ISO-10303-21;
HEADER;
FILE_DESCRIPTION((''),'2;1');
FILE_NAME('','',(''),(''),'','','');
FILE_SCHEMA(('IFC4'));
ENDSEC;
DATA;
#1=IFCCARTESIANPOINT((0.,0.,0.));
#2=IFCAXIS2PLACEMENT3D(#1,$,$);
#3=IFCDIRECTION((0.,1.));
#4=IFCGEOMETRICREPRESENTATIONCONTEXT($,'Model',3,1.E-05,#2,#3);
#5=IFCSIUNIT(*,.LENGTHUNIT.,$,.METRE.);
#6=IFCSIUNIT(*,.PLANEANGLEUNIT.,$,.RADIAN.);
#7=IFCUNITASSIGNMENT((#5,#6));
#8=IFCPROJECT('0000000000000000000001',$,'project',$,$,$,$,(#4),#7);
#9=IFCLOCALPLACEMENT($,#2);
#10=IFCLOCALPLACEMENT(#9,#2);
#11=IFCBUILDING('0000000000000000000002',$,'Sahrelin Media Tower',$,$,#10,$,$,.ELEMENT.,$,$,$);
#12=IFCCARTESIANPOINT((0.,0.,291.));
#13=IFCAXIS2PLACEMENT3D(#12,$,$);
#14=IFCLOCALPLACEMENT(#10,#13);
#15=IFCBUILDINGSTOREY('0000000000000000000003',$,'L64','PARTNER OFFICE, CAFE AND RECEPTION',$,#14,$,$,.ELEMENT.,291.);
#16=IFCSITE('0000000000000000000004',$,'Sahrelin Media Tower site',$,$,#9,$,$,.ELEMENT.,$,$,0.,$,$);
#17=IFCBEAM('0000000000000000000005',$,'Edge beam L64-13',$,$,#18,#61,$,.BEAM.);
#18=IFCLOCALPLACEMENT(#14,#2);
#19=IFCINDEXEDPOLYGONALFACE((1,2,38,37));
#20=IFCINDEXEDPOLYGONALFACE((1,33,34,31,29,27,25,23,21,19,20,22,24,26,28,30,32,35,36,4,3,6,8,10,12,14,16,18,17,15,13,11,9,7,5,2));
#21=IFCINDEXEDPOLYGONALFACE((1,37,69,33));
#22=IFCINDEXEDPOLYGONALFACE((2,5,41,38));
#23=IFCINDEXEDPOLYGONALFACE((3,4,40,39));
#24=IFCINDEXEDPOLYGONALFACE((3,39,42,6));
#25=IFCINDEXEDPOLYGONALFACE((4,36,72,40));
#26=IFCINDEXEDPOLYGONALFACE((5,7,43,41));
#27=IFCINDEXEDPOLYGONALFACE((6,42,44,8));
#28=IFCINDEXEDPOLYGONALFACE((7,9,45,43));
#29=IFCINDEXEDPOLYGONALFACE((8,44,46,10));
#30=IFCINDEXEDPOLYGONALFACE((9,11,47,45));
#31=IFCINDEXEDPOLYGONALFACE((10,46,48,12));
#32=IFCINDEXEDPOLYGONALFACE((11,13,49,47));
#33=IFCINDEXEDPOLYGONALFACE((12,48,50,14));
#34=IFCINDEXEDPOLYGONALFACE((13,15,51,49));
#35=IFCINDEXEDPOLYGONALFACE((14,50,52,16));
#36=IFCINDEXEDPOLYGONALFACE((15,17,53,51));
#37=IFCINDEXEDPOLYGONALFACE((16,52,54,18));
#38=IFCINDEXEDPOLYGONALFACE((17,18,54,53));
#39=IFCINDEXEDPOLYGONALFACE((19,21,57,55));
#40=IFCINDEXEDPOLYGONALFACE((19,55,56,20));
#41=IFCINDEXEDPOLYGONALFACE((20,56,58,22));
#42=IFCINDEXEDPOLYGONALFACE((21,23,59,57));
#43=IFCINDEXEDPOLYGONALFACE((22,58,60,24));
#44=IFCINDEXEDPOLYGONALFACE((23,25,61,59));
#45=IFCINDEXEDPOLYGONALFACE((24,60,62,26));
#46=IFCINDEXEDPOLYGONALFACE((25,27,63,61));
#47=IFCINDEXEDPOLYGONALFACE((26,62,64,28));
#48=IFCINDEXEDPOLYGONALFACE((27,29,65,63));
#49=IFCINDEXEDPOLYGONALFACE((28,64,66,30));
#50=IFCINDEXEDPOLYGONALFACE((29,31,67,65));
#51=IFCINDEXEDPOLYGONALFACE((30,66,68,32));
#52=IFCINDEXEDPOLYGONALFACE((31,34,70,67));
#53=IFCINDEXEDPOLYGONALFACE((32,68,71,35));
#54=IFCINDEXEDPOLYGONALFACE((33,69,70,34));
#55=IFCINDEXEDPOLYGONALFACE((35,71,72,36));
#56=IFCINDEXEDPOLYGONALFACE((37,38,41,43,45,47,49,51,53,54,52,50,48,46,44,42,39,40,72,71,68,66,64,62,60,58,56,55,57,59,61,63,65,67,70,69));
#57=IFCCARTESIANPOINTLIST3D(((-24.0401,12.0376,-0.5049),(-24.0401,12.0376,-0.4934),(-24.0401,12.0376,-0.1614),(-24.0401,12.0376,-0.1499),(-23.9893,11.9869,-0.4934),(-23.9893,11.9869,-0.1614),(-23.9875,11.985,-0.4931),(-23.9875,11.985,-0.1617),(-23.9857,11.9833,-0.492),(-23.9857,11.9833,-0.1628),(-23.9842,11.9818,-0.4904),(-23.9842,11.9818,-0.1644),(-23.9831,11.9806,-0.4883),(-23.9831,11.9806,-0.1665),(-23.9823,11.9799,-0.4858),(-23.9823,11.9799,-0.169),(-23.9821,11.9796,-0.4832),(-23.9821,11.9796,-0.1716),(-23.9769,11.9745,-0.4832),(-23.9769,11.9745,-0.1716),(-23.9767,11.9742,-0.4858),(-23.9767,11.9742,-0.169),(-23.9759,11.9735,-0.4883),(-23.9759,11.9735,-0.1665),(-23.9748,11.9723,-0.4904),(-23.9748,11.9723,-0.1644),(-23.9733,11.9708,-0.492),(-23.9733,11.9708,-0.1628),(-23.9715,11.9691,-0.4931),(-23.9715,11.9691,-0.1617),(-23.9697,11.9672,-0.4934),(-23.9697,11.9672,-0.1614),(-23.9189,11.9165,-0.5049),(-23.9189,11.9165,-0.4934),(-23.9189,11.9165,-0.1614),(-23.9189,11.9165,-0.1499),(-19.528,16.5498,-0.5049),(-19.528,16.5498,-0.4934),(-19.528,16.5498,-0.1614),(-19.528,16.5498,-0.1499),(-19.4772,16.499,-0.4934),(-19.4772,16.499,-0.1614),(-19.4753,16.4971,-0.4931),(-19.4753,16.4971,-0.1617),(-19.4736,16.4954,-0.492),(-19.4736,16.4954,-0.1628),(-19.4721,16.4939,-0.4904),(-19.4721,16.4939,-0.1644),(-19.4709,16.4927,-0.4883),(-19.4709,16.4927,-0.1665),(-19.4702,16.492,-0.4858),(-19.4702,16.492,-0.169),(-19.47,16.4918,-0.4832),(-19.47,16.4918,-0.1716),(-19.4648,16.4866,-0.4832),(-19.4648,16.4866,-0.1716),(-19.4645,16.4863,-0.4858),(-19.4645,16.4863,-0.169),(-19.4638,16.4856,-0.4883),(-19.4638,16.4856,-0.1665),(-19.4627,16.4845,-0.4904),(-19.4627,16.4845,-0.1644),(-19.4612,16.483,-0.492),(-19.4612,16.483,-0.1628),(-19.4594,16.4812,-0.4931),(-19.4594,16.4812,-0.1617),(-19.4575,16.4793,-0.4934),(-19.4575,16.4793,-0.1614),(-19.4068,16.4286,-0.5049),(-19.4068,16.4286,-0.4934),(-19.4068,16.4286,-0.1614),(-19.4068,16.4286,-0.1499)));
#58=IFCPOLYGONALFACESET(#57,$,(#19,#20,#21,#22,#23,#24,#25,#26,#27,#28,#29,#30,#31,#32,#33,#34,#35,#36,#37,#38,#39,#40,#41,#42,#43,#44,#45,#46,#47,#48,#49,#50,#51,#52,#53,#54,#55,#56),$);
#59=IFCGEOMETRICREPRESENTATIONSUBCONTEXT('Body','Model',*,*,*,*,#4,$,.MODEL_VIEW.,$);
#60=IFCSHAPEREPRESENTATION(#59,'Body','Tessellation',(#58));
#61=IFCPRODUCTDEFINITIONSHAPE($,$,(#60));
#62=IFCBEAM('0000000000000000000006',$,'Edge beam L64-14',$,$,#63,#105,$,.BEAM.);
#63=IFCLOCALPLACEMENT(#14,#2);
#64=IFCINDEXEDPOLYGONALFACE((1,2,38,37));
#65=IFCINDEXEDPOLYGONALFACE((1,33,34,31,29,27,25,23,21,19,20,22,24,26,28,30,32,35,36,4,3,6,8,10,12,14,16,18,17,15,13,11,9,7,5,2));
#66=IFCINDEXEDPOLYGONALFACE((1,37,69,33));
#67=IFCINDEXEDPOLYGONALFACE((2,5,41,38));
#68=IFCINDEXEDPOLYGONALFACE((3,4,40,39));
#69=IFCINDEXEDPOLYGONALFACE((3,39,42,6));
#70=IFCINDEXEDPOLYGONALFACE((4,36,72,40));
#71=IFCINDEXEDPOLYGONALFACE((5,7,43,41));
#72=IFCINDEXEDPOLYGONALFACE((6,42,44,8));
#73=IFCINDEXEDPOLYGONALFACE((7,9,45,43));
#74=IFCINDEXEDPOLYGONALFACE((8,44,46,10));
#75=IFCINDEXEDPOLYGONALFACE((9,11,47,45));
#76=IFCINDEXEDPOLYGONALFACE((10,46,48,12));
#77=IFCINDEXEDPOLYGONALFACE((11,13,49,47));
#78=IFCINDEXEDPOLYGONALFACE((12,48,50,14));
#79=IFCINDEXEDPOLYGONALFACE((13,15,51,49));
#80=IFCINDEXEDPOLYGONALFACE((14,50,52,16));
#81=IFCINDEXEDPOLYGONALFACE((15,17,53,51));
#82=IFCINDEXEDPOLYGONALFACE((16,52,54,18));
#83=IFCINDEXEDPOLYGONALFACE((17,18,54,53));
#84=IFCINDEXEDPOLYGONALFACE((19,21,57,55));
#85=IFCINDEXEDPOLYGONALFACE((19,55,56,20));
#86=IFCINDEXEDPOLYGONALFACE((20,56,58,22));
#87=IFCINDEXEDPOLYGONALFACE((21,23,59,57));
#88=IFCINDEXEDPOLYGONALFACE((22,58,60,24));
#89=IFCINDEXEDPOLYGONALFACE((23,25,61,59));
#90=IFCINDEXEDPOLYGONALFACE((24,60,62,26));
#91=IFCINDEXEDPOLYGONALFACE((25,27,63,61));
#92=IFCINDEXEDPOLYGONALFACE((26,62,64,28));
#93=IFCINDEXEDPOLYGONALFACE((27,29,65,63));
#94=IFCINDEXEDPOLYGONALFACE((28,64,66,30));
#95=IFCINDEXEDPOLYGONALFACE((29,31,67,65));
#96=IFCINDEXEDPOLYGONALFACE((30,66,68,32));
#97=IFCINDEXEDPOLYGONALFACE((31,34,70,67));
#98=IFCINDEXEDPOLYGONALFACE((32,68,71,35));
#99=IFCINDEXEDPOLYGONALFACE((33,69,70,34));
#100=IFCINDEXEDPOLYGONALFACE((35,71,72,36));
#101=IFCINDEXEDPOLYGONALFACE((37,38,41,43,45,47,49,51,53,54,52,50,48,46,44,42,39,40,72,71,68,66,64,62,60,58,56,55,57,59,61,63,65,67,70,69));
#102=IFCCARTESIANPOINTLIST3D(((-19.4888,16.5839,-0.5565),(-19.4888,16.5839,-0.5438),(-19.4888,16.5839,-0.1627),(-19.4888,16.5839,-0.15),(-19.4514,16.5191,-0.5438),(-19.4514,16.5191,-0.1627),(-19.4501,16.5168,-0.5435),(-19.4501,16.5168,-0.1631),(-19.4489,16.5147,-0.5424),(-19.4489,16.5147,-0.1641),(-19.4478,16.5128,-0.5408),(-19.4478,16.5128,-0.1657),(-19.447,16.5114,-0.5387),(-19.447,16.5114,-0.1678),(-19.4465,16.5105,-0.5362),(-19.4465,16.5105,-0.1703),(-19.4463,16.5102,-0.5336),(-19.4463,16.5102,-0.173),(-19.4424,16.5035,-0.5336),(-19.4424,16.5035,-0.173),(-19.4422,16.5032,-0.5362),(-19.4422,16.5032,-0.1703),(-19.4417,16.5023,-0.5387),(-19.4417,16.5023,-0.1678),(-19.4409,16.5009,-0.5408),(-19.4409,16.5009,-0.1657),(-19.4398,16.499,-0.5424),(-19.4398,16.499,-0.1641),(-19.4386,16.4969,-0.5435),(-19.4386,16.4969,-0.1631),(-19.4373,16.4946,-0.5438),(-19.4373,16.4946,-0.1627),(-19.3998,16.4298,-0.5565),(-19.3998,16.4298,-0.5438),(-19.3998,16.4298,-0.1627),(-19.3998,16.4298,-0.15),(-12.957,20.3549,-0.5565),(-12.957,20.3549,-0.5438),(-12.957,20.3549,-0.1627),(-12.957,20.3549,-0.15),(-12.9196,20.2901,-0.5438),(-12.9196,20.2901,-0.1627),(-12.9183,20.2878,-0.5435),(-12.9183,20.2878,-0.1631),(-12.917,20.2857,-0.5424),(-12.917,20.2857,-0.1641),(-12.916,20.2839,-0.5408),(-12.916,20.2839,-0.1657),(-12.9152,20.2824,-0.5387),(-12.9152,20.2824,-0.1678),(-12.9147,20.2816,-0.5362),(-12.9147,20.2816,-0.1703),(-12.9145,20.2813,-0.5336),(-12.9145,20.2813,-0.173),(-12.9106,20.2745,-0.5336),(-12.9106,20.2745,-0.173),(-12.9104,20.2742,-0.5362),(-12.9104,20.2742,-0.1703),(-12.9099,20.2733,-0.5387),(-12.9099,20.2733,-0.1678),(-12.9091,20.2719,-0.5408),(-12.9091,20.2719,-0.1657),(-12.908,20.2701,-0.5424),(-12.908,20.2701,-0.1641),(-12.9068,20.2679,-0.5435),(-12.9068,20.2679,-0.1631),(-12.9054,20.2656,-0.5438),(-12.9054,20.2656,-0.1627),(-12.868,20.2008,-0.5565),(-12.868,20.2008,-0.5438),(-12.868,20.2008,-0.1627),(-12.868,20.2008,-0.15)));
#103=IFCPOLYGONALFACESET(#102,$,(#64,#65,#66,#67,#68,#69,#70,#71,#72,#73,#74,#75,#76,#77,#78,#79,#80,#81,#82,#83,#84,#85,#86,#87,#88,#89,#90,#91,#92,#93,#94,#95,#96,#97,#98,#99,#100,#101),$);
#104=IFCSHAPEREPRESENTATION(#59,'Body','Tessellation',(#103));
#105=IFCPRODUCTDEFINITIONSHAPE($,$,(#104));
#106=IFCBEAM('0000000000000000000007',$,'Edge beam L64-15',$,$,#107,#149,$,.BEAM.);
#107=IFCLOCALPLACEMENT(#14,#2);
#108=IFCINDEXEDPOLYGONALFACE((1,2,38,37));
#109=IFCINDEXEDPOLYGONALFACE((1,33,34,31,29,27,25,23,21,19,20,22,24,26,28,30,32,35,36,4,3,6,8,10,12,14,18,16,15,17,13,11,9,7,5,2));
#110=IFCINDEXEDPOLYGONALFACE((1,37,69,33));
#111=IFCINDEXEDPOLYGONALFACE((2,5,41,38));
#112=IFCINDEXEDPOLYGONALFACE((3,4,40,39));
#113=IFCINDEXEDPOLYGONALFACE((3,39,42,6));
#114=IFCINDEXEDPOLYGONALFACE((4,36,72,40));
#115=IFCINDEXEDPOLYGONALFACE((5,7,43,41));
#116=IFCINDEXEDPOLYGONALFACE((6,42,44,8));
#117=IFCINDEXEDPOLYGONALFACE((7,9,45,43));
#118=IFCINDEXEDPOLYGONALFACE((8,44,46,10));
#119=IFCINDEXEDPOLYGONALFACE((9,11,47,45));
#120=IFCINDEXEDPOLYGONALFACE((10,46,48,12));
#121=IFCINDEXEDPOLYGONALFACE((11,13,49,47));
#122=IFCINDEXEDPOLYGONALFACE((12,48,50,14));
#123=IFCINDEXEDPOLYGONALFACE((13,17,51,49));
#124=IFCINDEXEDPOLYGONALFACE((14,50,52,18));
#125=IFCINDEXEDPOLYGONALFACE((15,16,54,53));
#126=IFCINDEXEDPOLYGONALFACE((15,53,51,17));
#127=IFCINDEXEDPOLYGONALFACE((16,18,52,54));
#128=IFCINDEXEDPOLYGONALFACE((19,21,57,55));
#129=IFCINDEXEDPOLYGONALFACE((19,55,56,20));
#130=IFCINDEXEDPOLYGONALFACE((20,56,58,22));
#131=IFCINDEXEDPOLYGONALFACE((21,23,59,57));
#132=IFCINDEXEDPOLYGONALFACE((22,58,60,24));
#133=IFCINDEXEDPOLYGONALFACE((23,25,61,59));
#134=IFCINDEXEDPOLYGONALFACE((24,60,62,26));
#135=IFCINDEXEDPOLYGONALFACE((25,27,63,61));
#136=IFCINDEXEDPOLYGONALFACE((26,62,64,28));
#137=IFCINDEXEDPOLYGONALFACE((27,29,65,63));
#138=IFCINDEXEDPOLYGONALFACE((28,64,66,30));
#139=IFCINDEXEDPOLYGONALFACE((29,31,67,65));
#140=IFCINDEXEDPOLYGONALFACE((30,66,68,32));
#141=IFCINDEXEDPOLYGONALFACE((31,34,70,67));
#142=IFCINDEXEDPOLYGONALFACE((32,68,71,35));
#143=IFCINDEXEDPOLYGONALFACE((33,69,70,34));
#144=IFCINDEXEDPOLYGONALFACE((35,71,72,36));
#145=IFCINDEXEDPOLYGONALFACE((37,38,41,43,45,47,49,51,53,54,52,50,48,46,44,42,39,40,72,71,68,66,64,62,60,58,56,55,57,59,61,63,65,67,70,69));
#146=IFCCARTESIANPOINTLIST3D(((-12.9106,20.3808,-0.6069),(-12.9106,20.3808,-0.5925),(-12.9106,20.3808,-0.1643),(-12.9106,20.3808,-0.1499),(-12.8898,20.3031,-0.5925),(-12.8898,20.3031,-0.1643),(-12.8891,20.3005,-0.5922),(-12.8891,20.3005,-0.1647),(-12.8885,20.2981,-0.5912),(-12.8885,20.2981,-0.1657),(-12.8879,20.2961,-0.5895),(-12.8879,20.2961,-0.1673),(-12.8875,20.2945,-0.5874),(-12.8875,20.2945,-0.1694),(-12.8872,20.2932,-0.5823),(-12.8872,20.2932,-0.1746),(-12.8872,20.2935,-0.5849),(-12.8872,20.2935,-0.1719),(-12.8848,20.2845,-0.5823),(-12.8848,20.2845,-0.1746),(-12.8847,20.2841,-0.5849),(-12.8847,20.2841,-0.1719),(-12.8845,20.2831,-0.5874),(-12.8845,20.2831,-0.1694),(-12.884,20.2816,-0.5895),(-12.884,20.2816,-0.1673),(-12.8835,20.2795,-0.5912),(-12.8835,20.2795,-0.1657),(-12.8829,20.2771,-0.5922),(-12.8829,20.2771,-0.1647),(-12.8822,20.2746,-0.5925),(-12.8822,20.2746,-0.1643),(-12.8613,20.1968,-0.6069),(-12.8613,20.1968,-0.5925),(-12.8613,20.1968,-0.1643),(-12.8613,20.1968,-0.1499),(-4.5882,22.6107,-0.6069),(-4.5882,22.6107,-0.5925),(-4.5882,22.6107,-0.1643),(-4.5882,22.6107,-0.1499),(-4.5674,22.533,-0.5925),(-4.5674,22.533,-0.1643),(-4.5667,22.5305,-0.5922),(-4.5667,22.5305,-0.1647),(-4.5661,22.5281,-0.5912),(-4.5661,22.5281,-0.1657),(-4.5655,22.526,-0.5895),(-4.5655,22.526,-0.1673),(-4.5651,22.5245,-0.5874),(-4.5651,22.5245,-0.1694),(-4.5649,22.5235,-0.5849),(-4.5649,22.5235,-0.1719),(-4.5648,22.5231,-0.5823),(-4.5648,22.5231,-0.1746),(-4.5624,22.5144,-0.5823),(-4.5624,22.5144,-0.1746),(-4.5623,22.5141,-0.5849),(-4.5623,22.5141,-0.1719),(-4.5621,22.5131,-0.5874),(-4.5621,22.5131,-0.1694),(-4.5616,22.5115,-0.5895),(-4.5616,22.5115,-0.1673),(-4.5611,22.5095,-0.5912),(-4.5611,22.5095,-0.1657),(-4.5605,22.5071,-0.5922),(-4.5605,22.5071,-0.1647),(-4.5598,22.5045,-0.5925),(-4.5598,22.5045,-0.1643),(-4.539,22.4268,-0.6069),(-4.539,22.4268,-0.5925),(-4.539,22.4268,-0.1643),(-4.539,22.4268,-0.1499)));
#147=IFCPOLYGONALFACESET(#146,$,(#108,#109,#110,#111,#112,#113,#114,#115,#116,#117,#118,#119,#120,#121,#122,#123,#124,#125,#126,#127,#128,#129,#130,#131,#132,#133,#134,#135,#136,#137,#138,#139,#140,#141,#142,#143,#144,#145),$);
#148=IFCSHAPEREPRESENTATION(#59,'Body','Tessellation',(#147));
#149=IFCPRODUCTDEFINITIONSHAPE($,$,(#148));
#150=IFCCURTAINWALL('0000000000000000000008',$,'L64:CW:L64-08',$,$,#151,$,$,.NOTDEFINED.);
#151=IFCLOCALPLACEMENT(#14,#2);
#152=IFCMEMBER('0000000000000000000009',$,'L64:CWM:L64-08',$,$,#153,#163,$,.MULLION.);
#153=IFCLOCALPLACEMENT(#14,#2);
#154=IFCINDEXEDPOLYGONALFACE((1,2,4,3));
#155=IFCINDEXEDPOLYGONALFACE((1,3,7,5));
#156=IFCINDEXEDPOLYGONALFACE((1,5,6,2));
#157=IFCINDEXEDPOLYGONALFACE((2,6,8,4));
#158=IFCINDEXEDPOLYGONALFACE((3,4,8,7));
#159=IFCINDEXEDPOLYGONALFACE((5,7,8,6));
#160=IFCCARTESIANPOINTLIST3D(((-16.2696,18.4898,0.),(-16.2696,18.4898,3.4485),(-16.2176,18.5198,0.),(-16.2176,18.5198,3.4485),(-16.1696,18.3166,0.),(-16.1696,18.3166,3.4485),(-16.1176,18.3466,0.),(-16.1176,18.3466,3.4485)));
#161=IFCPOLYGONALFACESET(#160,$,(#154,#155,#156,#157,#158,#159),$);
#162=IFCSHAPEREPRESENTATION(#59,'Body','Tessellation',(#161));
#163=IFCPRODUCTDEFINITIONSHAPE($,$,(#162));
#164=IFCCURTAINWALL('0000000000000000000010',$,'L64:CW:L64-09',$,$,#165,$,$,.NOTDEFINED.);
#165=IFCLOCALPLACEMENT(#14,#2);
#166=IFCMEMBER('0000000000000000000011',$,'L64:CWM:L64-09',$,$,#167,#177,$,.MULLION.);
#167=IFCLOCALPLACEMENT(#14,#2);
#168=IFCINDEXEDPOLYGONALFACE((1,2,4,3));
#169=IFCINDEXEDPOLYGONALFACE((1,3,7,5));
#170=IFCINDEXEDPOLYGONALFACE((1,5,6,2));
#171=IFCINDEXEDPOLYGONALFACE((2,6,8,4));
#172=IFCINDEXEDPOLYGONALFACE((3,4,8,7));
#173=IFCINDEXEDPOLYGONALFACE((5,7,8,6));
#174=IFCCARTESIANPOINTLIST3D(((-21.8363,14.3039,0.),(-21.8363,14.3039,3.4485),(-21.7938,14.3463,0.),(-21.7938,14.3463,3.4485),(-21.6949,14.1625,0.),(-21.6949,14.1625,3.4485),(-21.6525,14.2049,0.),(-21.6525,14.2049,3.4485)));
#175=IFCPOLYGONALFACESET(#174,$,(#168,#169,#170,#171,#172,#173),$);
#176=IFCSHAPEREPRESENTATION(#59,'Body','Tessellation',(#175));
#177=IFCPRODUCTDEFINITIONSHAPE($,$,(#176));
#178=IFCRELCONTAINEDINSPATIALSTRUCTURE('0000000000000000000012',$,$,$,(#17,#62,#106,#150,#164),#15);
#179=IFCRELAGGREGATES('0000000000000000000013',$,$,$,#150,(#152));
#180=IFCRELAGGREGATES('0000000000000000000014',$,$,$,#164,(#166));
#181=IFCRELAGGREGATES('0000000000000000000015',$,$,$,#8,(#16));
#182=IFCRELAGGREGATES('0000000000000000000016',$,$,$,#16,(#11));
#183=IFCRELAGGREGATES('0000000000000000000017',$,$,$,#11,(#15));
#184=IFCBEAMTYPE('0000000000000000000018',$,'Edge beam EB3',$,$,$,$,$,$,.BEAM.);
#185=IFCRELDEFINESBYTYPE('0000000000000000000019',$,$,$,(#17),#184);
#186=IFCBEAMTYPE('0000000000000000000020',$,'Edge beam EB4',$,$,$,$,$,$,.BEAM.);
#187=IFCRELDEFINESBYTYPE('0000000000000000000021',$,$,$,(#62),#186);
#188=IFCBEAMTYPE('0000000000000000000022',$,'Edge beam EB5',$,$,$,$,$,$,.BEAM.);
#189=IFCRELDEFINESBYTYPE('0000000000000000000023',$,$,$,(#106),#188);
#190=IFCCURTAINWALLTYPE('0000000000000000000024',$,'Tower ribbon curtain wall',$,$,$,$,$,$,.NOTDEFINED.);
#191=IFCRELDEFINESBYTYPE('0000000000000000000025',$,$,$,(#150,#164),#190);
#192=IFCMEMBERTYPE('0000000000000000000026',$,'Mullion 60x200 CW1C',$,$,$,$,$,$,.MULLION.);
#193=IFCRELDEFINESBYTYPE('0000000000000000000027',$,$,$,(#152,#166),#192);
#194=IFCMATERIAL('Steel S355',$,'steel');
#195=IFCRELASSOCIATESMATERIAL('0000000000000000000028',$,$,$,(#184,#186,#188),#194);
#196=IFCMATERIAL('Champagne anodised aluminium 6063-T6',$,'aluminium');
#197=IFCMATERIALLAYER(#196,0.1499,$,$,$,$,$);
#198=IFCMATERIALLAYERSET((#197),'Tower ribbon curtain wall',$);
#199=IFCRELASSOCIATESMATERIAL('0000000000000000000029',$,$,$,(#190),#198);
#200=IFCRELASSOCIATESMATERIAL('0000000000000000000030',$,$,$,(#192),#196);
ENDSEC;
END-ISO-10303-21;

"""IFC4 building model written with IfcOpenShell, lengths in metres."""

from ifc_helpers import new_model, si_unit, direction, frame, origin, origin_2d, place, context, subcontext, project, spatial, rectangle, i_section, extrude, material, layer, layer_set, material_profile, profile_set, type_object, element, aggregate, save


model = new_model("IFC4")

# Units and contexts
model_context = context("Model", 3, precision=1e-05, world=origin(), true_north=direction((0.0, 1.0)))
body_context = subcontext(model_context, "Body", "Model", "MODEL_VIEW")
ifc_project = project(units=[si_unit("LENGTHUNIT", "METRE"), si_unit("PLANEANGLEUNIT", "RADIAN")], contexts=[model_context])

# Site, building, storey
site_placement = place(None, origin())
site = spatial("IfcSite", under=ifc_project, at=site_placement, Name="Sahrelin Media Tower site", CompositionType="ELEMENT", RefElevation=0.0)
building_placement = place(site_placement, origin())
building = spatial("IfcBuilding", under=site, at=building_placement, Name="Sahrelin Media Tower", CompositionType="ELEMENT")
storey_placement = place(building_placement, frame((0.0, 0.0, 291.0)))
storey = spatial("IfcBuildingStorey", under=building, at=storey_placement, Name="L64", Description="PARTNER OFFICE, CAFE AND RECEPTION", CompositionType="ELEMENT", Elevation=291.0)

# Beams
ifc_material_1 = material(Name="Steel S355", Category="steel")
ifc_material_profile_1 = material_profile(ifc_material_1, i_section(OverallWidth=0.1714, OverallDepth=0.355, WebThickness=0.0073, FlangeThickness=0.0115, FilletRadius=0.0103, at=origin_2d()), Name="UB 356x171x51")
ifc_profile_set_1 = profile_set([ifc_material_profile_1], Name="Steel S355")
beam_type_1 = type_object("IfcBeamType", Name="Edge beam EB3", PredefinedType="BEAM", material=ifc_profile_set_1)
beam_1_placement = place(storey_placement, frame((-23.9795, 11.9771, -0.3274), z_axis=(0.707107, 0.707107, 0.0), x_axis=(-0.707107, 0.707107, 0.0)))
element("IfcBeam", 1, at=beam_1_placement, inside=storey, type_object=beam_type_1, Name="Edge beam L64-13", PredefinedType="BEAM", context=body_context, shape_type="SweptSolid", body=[
    extrude(i_section(OverallWidth=0.1714, OverallDepth=0.355, WebThickness=0.0073, FlangeThickness=0.0115, FilletRadius=0.0103, at=origin_2d()), origin(), (0.0, 0.0, 1.0), 6.3811),
])
ifc_material_profile_2 = material_profile(ifc_material_1, i_section(OverallWidth=0.178, OverallDepth=0.4065, WebThickness=0.0078, FlangeThickness=0.0127, FilletRadius=0.0103, at=origin_2d()), Name="UB 406x178x60")
ifc_profile_set_2 = profile_set([ifc_material_profile_2], Name="Steel S355")
beam_type_2 = type_object("IfcBeamType", Name="Edge beam EB4", PredefinedType="BEAM", material=ifc_profile_set_2)
beam_2_placement = place(storey_placement, frame((-19.4443, 16.5068, -0.3533), z_axis=(0.866031, 0.49999, 0.0), x_axis=(-0.49999, 0.866031, 0.0)))
element("IfcBeam", 2, at=beam_2_placement, inside=storey, type_object=beam_type_2, Name="Edge beam L64-14", PredefinedType="BEAM", context=body_context, shape_type="SweptSolid", body=[
    extrude(i_section(OverallWidth=0.178, OverallDepth=0.4065, WebThickness=0.0078, FlangeThickness=0.0127, FilletRadius=0.0103, at=origin_2d()), origin(), (0.0, 0.0, 1.0), 7.5422),
])
ifc_material_profile_3 = material_profile(ifc_material_1, i_section(OverallWidth=0.1904, OverallDepth=0.457, WebThickness=0.009, FlangeThickness=0.0144, FilletRadius=0.0103, at=origin_2d()), Name="UB 457x191x74")
ifc_profile_set_3 = profile_set([ifc_material_profile_3], Name="Steel S355")
beam_type_3 = type_object("IfcBeamType", Name="Edge beam EB5", PredefinedType="BEAM", material=ifc_profile_set_3)
beam_3_placement = place(storey_placement, frame((-12.886, 20.2888, -0.3784), z_axis=(0.965927, 0.258816, 0.0), x_axis=(-0.258816, 0.965927, 0.0)))
element("IfcBeam", 3, at=beam_3_placement, inside=storey, type_object=beam_type_3, Name="Edge beam L64-15", PredefinedType="BEAM", context=body_context, shape_type="SweptSolid", body=[
    extrude(i_section(OverallWidth=0.1904, OverallDepth=0.457, WebThickness=0.009, FlangeThickness=0.0144, FilletRadius=0.0103, at=origin_2d()), origin(), (0.0, 0.0, 1.0), 8.616),
])

# Curtain walls, members
ifc_material_2 = material(Name="Champagne anodised aluminium 6063-T6", Category="aluminium")
ifc_layer_1 = layer(ifc_material_2, 0.1499)
ifc_layer_set_1 = layer_set([ifc_layer_1], Name="Tower ribbon curtain wall")
curtain_wall_type = type_object("IfcCurtainWallType", Name="Tower ribbon curtain wall", PredefinedType="NOTDEFINED", material=ifc_layer_set_1)
curtain_wall_1_placement = place(storey_placement, frame((-16.2534, 18.5222, 0.0), z_axis=(0.0, 0.0, 1.0), x_axis=(1.0, 0.0, 0.0)))
curtain_wall_1 = element("IfcCurtainWall", 4, at=curtain_wall_1_placement, inside=storey, type_object=curtain_wall_type, Name="L64:CW:L64-08", PredefinedType="NOTDEFINED")
ifc_material_profile_4 = material_profile(ifc_material_2, rectangle(XDim=0.0601, YDim=0.2, at=origin_2d()), Name="Mullion 60x200")
ifc_profile_set_4 = profile_set([ifc_material_profile_4], Name="Champagne anodised aluminium 6063-T6")
member_type_1 = type_object("IfcMemberType", Name="Mullion 60x200 CW1C", PredefinedType="MULLION", material=ifc_profile_set_4)
member_1_placement = place(storey_placement, frame((-16.1936, 18.4182, 0.0), z_axis=(0.0, 0.0, 1.0), x_axis=(-0.866026, -0.499998, 0.0)))
member_1 = element("IfcMember", 5, at=member_1_placement, type_object=member_type_1, Name="L64:CWM:L64-08", PredefinedType="MULLION", context=body_context, shape_type="SweptSolid", body=[
    extrude(rectangle(XDim=0.0601, YDim=0.2, at=origin_2d()), origin(), (0.0, 0.0, 1.0), 3.4485),
])
curtain_wall_2_placement = place(storey_placement, frame((-21.8293, 14.3391, 0.0), z_axis=(0.0, 0.0, 1.0), x_axis=(1.0, 0.0, 0.0)))
curtain_wall_2 = element("IfcCurtainWall", 6, at=curtain_wall_2_placement, inside=storey, type_object=curtain_wall_type, Name="L64:CW:L64-09", PredefinedType="NOTDEFINED")
member_2_placement = place(storey_placement, frame((-21.7444, 14.2544, 0.0), z_axis=(0.0, 0.0, 1.0), x_axis=(-0.707107, -0.707107, 0.0)))
member_2 = element("IfcMember", 7, at=member_2_placement, type_object=member_type_1, Name="L64:CWM:L64-09", PredefinedType="MULLION", context=body_context, shape_type="SweptSolid", body=[
    extrude(rectangle(XDim=0.0601, YDim=0.2, at=origin_2d()), origin(), (0.0, 0.0, 1.0), 3.4485),
])

aggregate(curtain_wall_1, [member_1])
aggregate(curtain_wall_2, [member_2])

save(model, "model.ifc")
